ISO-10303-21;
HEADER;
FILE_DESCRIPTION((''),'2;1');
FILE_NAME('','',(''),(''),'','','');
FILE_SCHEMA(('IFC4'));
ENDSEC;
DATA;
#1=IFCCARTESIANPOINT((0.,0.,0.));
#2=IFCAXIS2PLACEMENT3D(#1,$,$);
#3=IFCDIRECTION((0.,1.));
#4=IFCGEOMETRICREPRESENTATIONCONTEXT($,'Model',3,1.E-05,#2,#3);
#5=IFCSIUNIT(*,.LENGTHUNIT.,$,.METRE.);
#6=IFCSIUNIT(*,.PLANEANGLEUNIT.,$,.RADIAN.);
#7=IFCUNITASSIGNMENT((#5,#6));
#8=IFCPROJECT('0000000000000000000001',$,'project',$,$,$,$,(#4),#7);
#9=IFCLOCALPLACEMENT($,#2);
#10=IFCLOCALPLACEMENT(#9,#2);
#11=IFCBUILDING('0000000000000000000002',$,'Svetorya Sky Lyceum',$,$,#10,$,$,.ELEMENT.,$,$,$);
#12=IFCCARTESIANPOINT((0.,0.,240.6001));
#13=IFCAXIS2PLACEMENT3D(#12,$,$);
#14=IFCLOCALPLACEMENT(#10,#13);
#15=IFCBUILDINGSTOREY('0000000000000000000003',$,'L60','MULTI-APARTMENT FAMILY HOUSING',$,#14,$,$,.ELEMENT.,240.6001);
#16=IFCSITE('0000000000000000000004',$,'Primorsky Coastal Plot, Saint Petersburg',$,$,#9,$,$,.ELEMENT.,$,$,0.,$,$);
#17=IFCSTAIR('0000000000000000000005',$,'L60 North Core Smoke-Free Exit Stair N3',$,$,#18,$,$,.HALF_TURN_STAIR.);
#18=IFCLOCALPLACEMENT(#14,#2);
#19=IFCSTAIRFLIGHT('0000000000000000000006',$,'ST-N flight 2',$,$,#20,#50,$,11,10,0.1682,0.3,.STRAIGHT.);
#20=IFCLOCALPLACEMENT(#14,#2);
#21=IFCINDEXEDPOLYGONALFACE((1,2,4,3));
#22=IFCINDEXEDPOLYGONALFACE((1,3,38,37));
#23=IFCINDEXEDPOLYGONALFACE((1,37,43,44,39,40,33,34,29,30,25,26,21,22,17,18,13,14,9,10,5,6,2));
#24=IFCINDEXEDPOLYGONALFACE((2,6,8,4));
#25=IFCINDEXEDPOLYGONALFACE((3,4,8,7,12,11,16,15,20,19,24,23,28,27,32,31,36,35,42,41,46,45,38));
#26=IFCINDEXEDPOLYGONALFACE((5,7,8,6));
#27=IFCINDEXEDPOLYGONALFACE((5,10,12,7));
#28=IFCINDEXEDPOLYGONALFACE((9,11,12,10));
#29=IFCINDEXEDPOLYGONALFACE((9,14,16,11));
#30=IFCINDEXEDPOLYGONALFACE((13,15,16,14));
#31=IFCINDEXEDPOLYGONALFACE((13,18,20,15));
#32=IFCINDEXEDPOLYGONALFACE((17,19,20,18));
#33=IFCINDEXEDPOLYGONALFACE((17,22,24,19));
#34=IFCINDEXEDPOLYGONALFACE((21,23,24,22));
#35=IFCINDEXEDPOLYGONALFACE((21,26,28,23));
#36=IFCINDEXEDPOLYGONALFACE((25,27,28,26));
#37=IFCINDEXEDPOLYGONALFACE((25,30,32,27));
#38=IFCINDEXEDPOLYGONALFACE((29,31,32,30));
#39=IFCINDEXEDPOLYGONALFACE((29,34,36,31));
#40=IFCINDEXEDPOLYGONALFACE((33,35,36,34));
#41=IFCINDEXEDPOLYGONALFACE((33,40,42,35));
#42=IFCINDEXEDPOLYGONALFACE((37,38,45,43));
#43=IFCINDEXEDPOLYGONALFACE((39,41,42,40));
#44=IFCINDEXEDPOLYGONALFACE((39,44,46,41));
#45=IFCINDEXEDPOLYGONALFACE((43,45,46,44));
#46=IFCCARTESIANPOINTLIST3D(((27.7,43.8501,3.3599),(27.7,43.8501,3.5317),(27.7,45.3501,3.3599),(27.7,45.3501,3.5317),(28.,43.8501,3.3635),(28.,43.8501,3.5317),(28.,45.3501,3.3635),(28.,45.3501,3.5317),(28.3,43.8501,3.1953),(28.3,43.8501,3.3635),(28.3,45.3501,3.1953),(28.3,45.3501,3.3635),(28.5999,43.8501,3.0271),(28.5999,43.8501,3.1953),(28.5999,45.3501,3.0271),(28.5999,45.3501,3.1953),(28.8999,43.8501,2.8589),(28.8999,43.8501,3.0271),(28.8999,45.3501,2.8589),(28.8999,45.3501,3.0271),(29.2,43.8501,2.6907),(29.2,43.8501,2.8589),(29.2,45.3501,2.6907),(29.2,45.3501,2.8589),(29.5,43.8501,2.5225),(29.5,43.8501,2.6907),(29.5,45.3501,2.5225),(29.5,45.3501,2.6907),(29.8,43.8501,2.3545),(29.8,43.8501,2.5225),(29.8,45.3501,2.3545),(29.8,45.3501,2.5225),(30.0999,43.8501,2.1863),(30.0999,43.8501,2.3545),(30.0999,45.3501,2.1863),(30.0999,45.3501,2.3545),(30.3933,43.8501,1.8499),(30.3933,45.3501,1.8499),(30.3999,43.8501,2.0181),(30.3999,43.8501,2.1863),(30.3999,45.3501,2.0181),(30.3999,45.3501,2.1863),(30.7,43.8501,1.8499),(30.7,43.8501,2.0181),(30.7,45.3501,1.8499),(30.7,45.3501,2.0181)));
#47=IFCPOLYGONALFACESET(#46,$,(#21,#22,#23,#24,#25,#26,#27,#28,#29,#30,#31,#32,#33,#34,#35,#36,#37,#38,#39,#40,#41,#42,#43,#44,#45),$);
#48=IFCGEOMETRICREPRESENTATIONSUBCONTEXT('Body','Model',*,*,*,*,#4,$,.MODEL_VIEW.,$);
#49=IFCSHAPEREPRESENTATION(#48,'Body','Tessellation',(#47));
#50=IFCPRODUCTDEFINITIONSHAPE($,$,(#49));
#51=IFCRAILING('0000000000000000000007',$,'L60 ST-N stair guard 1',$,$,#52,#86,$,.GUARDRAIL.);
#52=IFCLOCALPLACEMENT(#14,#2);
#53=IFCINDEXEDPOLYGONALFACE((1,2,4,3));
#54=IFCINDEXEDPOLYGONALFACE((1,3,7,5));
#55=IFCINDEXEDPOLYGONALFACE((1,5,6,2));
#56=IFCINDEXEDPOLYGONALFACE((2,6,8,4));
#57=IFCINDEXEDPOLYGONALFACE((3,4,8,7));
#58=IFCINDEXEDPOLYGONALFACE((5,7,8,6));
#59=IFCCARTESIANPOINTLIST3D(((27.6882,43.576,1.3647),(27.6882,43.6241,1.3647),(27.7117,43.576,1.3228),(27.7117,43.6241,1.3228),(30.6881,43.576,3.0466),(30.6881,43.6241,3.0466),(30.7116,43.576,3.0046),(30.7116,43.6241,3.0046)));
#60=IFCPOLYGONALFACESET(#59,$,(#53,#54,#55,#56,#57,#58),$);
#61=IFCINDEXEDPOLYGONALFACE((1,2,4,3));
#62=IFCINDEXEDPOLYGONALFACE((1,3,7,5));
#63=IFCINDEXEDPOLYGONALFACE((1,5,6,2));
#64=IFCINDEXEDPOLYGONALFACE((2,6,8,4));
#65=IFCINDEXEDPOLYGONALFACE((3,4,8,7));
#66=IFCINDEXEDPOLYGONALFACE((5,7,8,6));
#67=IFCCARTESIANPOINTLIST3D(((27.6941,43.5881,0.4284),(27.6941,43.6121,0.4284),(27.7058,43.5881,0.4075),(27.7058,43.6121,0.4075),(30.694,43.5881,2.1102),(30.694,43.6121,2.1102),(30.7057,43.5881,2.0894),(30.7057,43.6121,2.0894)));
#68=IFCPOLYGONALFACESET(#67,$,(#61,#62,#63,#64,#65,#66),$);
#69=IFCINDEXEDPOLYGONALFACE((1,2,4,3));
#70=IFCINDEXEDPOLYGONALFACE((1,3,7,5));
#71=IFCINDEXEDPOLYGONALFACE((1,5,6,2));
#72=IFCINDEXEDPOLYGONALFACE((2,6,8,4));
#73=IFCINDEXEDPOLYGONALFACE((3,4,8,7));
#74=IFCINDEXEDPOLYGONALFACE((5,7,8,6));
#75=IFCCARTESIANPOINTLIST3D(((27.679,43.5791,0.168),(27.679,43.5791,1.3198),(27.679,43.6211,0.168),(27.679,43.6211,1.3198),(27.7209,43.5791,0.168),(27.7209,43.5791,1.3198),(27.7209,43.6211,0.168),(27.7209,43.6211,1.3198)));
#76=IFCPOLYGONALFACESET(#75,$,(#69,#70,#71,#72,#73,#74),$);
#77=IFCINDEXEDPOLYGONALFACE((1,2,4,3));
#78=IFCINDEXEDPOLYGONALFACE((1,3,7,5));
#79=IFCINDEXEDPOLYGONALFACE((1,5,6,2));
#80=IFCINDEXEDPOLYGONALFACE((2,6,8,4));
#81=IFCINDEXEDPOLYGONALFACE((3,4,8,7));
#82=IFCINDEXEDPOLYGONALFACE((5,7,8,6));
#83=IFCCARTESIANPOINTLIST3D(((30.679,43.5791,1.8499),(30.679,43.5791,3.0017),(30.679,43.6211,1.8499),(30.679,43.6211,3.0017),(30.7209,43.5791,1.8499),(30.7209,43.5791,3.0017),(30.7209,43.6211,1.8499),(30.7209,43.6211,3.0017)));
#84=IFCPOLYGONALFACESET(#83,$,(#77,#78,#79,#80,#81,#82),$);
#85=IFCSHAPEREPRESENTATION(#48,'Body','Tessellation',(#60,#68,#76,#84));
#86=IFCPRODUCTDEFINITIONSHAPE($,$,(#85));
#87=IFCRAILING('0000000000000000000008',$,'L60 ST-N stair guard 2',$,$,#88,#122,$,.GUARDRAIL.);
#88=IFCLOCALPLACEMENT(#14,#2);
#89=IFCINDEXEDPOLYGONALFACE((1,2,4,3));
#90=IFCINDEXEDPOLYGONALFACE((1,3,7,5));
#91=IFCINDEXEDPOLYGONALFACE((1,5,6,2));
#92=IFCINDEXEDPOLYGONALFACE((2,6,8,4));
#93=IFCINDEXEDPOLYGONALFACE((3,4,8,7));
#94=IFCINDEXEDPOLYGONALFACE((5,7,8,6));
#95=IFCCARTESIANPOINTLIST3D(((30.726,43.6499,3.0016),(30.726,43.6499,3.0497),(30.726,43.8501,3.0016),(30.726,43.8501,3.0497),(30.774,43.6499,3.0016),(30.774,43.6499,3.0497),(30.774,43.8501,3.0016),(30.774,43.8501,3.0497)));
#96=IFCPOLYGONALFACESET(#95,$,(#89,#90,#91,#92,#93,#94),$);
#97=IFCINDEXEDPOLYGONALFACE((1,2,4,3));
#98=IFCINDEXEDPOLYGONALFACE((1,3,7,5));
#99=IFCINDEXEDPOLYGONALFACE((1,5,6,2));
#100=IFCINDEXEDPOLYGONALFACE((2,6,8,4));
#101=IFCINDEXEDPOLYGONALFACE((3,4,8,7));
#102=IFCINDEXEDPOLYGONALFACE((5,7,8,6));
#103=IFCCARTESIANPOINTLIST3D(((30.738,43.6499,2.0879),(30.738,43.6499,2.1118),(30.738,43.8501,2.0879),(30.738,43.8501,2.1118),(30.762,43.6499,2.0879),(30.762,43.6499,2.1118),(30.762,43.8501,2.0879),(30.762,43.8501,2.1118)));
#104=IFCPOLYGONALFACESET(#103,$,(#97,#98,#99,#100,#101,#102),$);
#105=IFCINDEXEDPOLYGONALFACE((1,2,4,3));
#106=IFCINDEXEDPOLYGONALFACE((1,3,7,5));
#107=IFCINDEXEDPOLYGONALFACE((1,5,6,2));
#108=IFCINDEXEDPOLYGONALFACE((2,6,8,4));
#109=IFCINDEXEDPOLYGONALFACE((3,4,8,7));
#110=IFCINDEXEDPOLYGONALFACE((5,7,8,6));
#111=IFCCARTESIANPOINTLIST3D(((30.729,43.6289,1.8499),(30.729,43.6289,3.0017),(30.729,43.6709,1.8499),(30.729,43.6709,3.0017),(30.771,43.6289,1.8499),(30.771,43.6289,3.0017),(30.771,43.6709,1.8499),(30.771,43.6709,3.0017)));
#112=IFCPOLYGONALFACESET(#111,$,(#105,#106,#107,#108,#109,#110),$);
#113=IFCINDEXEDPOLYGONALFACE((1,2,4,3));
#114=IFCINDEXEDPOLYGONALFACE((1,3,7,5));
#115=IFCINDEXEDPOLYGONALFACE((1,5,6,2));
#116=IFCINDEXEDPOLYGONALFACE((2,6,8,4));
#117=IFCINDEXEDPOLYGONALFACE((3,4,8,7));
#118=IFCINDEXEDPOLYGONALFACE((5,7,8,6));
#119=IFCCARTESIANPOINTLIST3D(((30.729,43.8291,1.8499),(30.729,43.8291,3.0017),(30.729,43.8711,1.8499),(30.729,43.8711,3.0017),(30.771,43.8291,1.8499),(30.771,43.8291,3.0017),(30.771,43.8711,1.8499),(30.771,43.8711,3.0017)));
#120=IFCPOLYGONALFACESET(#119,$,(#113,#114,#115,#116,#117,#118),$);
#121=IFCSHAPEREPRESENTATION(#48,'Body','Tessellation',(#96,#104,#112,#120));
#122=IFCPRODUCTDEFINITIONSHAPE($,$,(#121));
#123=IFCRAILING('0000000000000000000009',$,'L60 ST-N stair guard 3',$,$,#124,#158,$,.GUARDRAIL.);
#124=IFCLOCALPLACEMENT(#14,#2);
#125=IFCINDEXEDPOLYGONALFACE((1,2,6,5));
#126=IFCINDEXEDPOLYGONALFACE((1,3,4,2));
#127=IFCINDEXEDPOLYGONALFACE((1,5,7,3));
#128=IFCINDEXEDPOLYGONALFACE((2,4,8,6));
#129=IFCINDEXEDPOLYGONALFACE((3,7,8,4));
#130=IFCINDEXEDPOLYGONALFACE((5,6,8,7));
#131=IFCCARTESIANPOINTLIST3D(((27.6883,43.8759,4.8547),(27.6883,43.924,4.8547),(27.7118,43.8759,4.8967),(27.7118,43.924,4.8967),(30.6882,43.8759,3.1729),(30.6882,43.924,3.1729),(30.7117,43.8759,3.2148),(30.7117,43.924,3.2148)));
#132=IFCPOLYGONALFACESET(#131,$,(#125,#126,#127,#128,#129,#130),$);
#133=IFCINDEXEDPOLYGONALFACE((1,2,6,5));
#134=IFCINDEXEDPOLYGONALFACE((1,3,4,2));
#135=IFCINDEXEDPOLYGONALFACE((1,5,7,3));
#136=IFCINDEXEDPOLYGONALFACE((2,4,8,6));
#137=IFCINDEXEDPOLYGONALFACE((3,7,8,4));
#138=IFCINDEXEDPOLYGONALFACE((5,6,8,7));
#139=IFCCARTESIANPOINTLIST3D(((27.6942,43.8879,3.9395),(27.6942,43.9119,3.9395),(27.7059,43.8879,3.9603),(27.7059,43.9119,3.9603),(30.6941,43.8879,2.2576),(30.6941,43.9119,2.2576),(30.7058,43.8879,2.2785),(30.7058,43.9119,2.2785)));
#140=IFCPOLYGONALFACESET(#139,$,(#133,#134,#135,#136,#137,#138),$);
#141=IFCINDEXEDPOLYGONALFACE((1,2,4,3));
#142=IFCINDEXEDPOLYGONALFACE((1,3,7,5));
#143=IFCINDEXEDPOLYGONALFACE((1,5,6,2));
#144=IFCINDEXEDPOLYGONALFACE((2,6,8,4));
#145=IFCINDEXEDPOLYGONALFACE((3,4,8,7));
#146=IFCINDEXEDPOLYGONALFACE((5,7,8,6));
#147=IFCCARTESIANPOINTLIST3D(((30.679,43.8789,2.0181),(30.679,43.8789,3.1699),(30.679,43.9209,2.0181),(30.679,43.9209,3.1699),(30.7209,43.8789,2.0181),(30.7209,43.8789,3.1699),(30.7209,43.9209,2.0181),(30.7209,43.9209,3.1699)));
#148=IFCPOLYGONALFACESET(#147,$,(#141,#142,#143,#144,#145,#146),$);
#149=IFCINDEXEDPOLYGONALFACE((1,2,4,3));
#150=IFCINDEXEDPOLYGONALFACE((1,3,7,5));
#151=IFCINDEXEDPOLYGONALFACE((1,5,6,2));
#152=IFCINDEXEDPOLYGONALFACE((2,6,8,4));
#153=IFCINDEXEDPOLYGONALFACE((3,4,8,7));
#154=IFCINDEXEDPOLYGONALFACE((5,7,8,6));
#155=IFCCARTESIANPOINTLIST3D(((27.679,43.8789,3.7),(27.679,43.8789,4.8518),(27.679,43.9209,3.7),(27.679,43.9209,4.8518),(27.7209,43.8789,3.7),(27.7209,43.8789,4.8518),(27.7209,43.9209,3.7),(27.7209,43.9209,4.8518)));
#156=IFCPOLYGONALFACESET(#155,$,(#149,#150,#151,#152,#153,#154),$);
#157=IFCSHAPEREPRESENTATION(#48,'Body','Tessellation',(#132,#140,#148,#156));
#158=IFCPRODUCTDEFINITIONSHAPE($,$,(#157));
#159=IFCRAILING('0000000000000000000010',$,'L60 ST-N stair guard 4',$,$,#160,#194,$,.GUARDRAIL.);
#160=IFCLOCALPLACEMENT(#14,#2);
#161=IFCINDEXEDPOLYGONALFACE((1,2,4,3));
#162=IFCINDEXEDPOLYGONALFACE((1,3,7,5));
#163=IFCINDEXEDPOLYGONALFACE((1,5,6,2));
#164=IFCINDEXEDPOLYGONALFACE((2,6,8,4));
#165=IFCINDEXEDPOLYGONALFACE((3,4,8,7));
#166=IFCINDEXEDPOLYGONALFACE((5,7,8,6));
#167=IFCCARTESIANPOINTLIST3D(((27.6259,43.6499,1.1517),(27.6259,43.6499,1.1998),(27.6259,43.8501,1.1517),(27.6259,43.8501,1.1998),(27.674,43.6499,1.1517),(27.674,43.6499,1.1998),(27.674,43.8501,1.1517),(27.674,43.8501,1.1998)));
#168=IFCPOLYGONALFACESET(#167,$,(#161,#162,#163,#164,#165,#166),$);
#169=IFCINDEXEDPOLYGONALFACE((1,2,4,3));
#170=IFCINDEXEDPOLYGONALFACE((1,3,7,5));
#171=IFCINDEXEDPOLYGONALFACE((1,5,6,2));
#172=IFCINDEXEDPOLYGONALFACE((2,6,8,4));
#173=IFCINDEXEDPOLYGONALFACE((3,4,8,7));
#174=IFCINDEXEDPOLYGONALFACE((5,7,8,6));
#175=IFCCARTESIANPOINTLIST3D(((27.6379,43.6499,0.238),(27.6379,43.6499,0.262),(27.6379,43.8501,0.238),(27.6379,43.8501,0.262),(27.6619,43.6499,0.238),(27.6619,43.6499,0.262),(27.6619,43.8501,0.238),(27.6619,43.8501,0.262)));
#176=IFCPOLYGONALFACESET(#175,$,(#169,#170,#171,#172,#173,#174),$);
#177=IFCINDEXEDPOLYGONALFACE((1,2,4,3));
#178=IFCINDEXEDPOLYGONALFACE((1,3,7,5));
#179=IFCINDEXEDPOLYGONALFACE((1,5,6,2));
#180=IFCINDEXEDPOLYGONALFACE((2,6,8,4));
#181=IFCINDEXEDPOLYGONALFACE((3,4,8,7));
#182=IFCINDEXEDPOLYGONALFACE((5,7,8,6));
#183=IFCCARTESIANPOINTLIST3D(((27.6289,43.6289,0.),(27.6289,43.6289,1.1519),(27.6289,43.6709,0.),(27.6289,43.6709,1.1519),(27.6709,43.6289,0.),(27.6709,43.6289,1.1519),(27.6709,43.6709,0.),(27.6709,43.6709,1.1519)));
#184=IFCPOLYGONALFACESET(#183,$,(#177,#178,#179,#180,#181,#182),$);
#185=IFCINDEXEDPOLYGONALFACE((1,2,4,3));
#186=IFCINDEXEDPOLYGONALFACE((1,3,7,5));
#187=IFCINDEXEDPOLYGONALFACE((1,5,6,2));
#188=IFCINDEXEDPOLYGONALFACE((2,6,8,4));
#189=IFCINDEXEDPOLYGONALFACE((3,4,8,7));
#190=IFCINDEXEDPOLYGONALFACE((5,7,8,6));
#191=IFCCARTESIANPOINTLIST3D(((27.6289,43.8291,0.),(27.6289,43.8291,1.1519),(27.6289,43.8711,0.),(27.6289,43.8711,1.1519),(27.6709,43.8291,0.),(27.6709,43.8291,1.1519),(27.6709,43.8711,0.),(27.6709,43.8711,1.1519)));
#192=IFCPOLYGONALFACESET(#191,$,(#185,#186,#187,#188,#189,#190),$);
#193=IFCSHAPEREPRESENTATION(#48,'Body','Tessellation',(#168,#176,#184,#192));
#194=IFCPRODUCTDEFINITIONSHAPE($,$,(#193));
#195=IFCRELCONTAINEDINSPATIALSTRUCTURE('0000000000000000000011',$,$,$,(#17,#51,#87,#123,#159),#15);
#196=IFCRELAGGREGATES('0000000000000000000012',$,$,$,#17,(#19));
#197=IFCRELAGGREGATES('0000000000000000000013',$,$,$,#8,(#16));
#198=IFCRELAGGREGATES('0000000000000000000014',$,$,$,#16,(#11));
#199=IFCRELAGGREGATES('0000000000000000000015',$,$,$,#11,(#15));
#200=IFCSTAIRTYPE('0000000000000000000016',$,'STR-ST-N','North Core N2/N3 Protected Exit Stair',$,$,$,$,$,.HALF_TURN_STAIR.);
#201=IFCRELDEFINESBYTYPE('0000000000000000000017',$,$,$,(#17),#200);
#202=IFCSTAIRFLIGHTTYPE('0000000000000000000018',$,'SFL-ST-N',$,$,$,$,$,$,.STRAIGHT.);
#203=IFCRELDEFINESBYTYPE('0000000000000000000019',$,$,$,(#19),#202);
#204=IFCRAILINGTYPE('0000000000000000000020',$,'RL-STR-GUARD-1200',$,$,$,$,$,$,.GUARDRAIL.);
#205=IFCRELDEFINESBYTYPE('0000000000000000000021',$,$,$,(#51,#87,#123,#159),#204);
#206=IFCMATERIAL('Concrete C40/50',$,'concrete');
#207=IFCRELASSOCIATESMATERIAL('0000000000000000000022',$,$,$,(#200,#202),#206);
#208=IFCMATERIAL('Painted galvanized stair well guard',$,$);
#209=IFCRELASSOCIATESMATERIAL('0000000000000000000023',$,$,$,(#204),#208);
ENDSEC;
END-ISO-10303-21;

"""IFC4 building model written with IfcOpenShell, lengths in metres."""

from ifc_helpers import new_model, si_unit, direction, frame, origin, origin_2d, place, context, subcontext, project, spatial, polyline, rectangle, outline, extrude, material, type_object, element, aggregate, save


model = new_model("IFC4")

# Units and contexts
model_context = context("Model", 3, precision=1e-05, world=origin(), true_north=direction((0.0, 1.0)))
body_context = subcontext(model_context, "Body", "Model", "MODEL_VIEW")
ifc_project = project(units=[si_unit("LENGTHUNIT", "METRE"), si_unit("PLANEANGLEUNIT", "RADIAN")], contexts=[model_context])

# Site, building, storey
site_placement = place(None, origin())
site = spatial("IfcSite", under=ifc_project, at=site_placement, Name="Primorsky Coastal Plot, Saint Petersburg", CompositionType="ELEMENT", RefElevation=0.0)
building_placement = place(site_placement, origin())
building = spatial("IfcBuilding", under=site, at=building_placement, Name="Svetorya Sky Lyceum", CompositionType="ELEMENT")
storey_placement = place(building_placement, frame((0.0, 0.0, 240.6001)))
storey = spatial("IfcBuildingStorey", under=building, at=storey_placement, Name="L60", Description="MULTI-APARTMENT FAMILY HOUSING", CompositionType="ELEMENT", Elevation=240.6001)

# Stair, stair flight
ifc_material_1 = material(Name="Concrete C40/50", Category="concrete")
stair_type = type_object("IfcStairType", Name="STR-ST-N", Description="North Core N2/N3 Protected Exit Stair", PredefinedType="HALF_TURN_STAIR", material=ifc_material_1)
stair_placement = place(storey_placement, origin())
stair = element("IfcStair", 1, at=stair_placement, inside=storey, type_object=stair_type, Name="L60 North Core Smoke-Free Exit Stair N3", PredefinedType="HALF_TURN_STAIR")
stair_flight_type = type_object("IfcStairFlightType", Name="SFL-ST-N", PredefinedType="STRAIGHT", material=ifc_material_1)
stair_flight_1_placement = place(storey_placement, frame((30.7, 44.6001, 1.8499), z_axis=(0.0, 0.0, 1.0), x_axis=(-1.0, 0.0, 0.0)))
stair_flight_1 = element("IfcStairFlight", 2, at=stair_flight_1_placement, type_object=stair_flight_type, Name="ST-N flight 2", NumberOfRisers=11, NumberOfTreads=10, PredefinedType="STRAIGHT", RiserHeight=0.1682, TreadLength=0.3, context=body_context, shape_type="SweptSolid", body=[
    extrude(outline(polyline([(0.0, 0.0), (0.0, 0.1682), (0.3, 0.1682), (0.3, 0.3364), (0.6001, 0.3364), (0.6001, 0.5046), (0.8999, 0.5046), (0.8999, 0.6726), (1.2, 0.6726), (1.2, 0.8408), (1.5, 0.8408), (1.5, 1.009), (1.8, 1.009), (1.8, 1.1772), (2.1001, 1.1772), (2.1001, 1.3455), (2.3999, 1.3455), (2.3999, 1.5137), (2.7, 1.5137), (2.7, 1.6819), (3.0, 1.6819), (3.0, 1.8501), (3.0, 1.51), (0.3066, 0.0), (0.0, 0.0)])), frame((0.0, 0.75, 0.0), z_axis=(0.0, -1.0, 0.0), x_axis=(1.0, 0.0, 0.0)), (0.0, 0.0, 1.0), 1.5),
])
aggregate(stair, [stair_flight_1])

# Railings
ifc_material_2 = material(Name="Painted galvanized stair well guard")
railing_type_1 = type_object("IfcRailingType", Name="RL-STR-GUARD-1200", PredefinedType="GUARDRAIL", material=ifc_material_2)
railing_1_placement = place(storey_placement, frame((27.7, 43.6001, 0.168)))
element("IfcRailing", 3, at=railing_1_placement, inside=storey, type_object=railing_type_1, Name="L60 ST-N stair guard 1", PredefinedType="GUARDRAIL", context=body_context, shape_type="SweptSolid", body=[
    extrude(rectangle(XDim=0.0481, YDim=0.0481, at=origin_2d()), frame((0.0, 0.0, 1.1758), z_axis=(0.872272, 0.0, 0.48902), x_axis=(0.0, 1.0, 0.0)), (0.0, 0.0, 1.0), 3.4392),
    extrude(rectangle(XDim=0.0239, YDim=0.0239, at=origin_2d()), frame((0.0, 0.0, 0.25), z_axis=(0.872272, 0.0, 0.48902), x_axis=(0.0, 1.0, 0.0)), (0.0, 0.0, 1.0), 3.4392),
    extrude(rectangle(XDim=0.042, YDim=0.042, at=origin_2d()), origin(), (0.0, 0.0, 1.0), 1.1519),
    extrude(rectangle(XDim=0.042, YDim=0.042, at=origin_2d()), frame((3.0, 0.0, 1.6819)), (0.0, 0.0, 1.0), 1.1519),
])
railing_2_placement = place(storey_placement, frame((30.75, 43.6499, 1.8499)))
element("IfcRailing", 4, at=railing_2_placement, inside=storey, type_object=railing_type_1, Name="L60 ST-N stair guard 2", PredefinedType="GUARDRAIL", context=body_context, shape_type="SweptSolid", body=[
    extrude(rectangle(XDim=0.0481, YDim=0.0481, at=origin_2d()), frame((0.0, 0.0, 1.1758), z_axis=(0.0, 1.0, 0.0), x_axis=(-1.0, 0.0, 0.0)), (0.0, 0.0, 1.0), 0.2002),
    extrude(rectangle(XDim=0.0239, YDim=0.0239, at=origin_2d()), frame((0.0, 0.0, 0.25), z_axis=(0.0, 1.0, 0.0), x_axis=(-1.0, 0.0, 0.0)), (0.0, 0.0, 1.0), 0.2002),
    extrude(rectangle(XDim=0.042, YDim=0.042, at=origin_2d()), origin(), (0.0, 0.0, 1.0), 1.1519),
    extrude(rectangle(XDim=0.042, YDim=0.042, at=origin_2d()), frame((0.0, 0.2002, 0.0)), (0.0, 0.0, 1.0), 1.1519),
])
railing_3_placement = place(storey_placement, frame((30.7, 43.8999, 2.0181)))
element("IfcRailing", 5, at=railing_3_placement, inside=storey, type_object=railing_type_1, Name="L60 ST-N stair guard 3", PredefinedType="GUARDRAIL", context=body_context, shape_type="SweptSolid", body=[
    extrude(rectangle(XDim=0.0481, YDim=0.0481, at=origin_2d()), frame((0.0, 0.0, 1.1758), z_axis=(-0.872272, 0.0, 0.48902), x_axis=(0.0, -1.0, 0.0)), (0.0, 0.0, 1.0), 3.4392),
    extrude(rectangle(XDim=0.0239, YDim=0.0239, at=origin_2d()), frame((0.0, 0.0, 0.25), z_axis=(-0.872272, 0.0, 0.48902), x_axis=(0.0, -1.0, 0.0)), (0.0, 0.0, 1.0), 3.4392),
    extrude(rectangle(XDim=0.042, YDim=0.042, at=origin_2d()), origin(), (0.0, 0.0, 1.0), 1.1519),
    extrude(rectangle(XDim=0.042, YDim=0.042, at=origin_2d()), frame((-3.0, 0.0, 1.6819)), (0.0, 0.0, 1.0), 1.1519),
])
railing_4_placement = place(storey_placement, frame((27.6499, 43.6499, 0.0)))
element("IfcRailing", 6, at=railing_4_placement, inside=storey, type_object=railing_type_1, Name="L60 ST-N stair guard 4", PredefinedType="GUARDRAIL", context=body_context, shape_type="SweptSolid", body=[
    extrude(rectangle(XDim=0.0481, YDim=0.0481, at=origin_2d()), frame((0.0, 0.0, 1.1758), z_axis=(0.0, 1.0, 0.0), x_axis=(-1.0, 0.0, 0.0)), (0.0, 0.0, 1.0), 0.2002),
    extrude(rectangle(XDim=0.0239, YDim=0.0239, at=origin_2d()), frame((0.0, 0.0, 0.25), z_axis=(0.0, 1.0, 0.0), x_axis=(-1.0, 0.0, 0.0)), (0.0, 0.0, 1.0), 0.2002),
    extrude(rectangle(XDim=0.042, YDim=0.042, at=origin_2d()), origin(), (0.0, 0.0, 1.0), 1.1519),
    extrude(rectangle(XDim=0.042, YDim=0.042, at=origin_2d()), frame((0.0, 0.2002, 0.0)), (0.0, 0.0, 1.0), 1.1519),
])

save(model, "model.ifc")
